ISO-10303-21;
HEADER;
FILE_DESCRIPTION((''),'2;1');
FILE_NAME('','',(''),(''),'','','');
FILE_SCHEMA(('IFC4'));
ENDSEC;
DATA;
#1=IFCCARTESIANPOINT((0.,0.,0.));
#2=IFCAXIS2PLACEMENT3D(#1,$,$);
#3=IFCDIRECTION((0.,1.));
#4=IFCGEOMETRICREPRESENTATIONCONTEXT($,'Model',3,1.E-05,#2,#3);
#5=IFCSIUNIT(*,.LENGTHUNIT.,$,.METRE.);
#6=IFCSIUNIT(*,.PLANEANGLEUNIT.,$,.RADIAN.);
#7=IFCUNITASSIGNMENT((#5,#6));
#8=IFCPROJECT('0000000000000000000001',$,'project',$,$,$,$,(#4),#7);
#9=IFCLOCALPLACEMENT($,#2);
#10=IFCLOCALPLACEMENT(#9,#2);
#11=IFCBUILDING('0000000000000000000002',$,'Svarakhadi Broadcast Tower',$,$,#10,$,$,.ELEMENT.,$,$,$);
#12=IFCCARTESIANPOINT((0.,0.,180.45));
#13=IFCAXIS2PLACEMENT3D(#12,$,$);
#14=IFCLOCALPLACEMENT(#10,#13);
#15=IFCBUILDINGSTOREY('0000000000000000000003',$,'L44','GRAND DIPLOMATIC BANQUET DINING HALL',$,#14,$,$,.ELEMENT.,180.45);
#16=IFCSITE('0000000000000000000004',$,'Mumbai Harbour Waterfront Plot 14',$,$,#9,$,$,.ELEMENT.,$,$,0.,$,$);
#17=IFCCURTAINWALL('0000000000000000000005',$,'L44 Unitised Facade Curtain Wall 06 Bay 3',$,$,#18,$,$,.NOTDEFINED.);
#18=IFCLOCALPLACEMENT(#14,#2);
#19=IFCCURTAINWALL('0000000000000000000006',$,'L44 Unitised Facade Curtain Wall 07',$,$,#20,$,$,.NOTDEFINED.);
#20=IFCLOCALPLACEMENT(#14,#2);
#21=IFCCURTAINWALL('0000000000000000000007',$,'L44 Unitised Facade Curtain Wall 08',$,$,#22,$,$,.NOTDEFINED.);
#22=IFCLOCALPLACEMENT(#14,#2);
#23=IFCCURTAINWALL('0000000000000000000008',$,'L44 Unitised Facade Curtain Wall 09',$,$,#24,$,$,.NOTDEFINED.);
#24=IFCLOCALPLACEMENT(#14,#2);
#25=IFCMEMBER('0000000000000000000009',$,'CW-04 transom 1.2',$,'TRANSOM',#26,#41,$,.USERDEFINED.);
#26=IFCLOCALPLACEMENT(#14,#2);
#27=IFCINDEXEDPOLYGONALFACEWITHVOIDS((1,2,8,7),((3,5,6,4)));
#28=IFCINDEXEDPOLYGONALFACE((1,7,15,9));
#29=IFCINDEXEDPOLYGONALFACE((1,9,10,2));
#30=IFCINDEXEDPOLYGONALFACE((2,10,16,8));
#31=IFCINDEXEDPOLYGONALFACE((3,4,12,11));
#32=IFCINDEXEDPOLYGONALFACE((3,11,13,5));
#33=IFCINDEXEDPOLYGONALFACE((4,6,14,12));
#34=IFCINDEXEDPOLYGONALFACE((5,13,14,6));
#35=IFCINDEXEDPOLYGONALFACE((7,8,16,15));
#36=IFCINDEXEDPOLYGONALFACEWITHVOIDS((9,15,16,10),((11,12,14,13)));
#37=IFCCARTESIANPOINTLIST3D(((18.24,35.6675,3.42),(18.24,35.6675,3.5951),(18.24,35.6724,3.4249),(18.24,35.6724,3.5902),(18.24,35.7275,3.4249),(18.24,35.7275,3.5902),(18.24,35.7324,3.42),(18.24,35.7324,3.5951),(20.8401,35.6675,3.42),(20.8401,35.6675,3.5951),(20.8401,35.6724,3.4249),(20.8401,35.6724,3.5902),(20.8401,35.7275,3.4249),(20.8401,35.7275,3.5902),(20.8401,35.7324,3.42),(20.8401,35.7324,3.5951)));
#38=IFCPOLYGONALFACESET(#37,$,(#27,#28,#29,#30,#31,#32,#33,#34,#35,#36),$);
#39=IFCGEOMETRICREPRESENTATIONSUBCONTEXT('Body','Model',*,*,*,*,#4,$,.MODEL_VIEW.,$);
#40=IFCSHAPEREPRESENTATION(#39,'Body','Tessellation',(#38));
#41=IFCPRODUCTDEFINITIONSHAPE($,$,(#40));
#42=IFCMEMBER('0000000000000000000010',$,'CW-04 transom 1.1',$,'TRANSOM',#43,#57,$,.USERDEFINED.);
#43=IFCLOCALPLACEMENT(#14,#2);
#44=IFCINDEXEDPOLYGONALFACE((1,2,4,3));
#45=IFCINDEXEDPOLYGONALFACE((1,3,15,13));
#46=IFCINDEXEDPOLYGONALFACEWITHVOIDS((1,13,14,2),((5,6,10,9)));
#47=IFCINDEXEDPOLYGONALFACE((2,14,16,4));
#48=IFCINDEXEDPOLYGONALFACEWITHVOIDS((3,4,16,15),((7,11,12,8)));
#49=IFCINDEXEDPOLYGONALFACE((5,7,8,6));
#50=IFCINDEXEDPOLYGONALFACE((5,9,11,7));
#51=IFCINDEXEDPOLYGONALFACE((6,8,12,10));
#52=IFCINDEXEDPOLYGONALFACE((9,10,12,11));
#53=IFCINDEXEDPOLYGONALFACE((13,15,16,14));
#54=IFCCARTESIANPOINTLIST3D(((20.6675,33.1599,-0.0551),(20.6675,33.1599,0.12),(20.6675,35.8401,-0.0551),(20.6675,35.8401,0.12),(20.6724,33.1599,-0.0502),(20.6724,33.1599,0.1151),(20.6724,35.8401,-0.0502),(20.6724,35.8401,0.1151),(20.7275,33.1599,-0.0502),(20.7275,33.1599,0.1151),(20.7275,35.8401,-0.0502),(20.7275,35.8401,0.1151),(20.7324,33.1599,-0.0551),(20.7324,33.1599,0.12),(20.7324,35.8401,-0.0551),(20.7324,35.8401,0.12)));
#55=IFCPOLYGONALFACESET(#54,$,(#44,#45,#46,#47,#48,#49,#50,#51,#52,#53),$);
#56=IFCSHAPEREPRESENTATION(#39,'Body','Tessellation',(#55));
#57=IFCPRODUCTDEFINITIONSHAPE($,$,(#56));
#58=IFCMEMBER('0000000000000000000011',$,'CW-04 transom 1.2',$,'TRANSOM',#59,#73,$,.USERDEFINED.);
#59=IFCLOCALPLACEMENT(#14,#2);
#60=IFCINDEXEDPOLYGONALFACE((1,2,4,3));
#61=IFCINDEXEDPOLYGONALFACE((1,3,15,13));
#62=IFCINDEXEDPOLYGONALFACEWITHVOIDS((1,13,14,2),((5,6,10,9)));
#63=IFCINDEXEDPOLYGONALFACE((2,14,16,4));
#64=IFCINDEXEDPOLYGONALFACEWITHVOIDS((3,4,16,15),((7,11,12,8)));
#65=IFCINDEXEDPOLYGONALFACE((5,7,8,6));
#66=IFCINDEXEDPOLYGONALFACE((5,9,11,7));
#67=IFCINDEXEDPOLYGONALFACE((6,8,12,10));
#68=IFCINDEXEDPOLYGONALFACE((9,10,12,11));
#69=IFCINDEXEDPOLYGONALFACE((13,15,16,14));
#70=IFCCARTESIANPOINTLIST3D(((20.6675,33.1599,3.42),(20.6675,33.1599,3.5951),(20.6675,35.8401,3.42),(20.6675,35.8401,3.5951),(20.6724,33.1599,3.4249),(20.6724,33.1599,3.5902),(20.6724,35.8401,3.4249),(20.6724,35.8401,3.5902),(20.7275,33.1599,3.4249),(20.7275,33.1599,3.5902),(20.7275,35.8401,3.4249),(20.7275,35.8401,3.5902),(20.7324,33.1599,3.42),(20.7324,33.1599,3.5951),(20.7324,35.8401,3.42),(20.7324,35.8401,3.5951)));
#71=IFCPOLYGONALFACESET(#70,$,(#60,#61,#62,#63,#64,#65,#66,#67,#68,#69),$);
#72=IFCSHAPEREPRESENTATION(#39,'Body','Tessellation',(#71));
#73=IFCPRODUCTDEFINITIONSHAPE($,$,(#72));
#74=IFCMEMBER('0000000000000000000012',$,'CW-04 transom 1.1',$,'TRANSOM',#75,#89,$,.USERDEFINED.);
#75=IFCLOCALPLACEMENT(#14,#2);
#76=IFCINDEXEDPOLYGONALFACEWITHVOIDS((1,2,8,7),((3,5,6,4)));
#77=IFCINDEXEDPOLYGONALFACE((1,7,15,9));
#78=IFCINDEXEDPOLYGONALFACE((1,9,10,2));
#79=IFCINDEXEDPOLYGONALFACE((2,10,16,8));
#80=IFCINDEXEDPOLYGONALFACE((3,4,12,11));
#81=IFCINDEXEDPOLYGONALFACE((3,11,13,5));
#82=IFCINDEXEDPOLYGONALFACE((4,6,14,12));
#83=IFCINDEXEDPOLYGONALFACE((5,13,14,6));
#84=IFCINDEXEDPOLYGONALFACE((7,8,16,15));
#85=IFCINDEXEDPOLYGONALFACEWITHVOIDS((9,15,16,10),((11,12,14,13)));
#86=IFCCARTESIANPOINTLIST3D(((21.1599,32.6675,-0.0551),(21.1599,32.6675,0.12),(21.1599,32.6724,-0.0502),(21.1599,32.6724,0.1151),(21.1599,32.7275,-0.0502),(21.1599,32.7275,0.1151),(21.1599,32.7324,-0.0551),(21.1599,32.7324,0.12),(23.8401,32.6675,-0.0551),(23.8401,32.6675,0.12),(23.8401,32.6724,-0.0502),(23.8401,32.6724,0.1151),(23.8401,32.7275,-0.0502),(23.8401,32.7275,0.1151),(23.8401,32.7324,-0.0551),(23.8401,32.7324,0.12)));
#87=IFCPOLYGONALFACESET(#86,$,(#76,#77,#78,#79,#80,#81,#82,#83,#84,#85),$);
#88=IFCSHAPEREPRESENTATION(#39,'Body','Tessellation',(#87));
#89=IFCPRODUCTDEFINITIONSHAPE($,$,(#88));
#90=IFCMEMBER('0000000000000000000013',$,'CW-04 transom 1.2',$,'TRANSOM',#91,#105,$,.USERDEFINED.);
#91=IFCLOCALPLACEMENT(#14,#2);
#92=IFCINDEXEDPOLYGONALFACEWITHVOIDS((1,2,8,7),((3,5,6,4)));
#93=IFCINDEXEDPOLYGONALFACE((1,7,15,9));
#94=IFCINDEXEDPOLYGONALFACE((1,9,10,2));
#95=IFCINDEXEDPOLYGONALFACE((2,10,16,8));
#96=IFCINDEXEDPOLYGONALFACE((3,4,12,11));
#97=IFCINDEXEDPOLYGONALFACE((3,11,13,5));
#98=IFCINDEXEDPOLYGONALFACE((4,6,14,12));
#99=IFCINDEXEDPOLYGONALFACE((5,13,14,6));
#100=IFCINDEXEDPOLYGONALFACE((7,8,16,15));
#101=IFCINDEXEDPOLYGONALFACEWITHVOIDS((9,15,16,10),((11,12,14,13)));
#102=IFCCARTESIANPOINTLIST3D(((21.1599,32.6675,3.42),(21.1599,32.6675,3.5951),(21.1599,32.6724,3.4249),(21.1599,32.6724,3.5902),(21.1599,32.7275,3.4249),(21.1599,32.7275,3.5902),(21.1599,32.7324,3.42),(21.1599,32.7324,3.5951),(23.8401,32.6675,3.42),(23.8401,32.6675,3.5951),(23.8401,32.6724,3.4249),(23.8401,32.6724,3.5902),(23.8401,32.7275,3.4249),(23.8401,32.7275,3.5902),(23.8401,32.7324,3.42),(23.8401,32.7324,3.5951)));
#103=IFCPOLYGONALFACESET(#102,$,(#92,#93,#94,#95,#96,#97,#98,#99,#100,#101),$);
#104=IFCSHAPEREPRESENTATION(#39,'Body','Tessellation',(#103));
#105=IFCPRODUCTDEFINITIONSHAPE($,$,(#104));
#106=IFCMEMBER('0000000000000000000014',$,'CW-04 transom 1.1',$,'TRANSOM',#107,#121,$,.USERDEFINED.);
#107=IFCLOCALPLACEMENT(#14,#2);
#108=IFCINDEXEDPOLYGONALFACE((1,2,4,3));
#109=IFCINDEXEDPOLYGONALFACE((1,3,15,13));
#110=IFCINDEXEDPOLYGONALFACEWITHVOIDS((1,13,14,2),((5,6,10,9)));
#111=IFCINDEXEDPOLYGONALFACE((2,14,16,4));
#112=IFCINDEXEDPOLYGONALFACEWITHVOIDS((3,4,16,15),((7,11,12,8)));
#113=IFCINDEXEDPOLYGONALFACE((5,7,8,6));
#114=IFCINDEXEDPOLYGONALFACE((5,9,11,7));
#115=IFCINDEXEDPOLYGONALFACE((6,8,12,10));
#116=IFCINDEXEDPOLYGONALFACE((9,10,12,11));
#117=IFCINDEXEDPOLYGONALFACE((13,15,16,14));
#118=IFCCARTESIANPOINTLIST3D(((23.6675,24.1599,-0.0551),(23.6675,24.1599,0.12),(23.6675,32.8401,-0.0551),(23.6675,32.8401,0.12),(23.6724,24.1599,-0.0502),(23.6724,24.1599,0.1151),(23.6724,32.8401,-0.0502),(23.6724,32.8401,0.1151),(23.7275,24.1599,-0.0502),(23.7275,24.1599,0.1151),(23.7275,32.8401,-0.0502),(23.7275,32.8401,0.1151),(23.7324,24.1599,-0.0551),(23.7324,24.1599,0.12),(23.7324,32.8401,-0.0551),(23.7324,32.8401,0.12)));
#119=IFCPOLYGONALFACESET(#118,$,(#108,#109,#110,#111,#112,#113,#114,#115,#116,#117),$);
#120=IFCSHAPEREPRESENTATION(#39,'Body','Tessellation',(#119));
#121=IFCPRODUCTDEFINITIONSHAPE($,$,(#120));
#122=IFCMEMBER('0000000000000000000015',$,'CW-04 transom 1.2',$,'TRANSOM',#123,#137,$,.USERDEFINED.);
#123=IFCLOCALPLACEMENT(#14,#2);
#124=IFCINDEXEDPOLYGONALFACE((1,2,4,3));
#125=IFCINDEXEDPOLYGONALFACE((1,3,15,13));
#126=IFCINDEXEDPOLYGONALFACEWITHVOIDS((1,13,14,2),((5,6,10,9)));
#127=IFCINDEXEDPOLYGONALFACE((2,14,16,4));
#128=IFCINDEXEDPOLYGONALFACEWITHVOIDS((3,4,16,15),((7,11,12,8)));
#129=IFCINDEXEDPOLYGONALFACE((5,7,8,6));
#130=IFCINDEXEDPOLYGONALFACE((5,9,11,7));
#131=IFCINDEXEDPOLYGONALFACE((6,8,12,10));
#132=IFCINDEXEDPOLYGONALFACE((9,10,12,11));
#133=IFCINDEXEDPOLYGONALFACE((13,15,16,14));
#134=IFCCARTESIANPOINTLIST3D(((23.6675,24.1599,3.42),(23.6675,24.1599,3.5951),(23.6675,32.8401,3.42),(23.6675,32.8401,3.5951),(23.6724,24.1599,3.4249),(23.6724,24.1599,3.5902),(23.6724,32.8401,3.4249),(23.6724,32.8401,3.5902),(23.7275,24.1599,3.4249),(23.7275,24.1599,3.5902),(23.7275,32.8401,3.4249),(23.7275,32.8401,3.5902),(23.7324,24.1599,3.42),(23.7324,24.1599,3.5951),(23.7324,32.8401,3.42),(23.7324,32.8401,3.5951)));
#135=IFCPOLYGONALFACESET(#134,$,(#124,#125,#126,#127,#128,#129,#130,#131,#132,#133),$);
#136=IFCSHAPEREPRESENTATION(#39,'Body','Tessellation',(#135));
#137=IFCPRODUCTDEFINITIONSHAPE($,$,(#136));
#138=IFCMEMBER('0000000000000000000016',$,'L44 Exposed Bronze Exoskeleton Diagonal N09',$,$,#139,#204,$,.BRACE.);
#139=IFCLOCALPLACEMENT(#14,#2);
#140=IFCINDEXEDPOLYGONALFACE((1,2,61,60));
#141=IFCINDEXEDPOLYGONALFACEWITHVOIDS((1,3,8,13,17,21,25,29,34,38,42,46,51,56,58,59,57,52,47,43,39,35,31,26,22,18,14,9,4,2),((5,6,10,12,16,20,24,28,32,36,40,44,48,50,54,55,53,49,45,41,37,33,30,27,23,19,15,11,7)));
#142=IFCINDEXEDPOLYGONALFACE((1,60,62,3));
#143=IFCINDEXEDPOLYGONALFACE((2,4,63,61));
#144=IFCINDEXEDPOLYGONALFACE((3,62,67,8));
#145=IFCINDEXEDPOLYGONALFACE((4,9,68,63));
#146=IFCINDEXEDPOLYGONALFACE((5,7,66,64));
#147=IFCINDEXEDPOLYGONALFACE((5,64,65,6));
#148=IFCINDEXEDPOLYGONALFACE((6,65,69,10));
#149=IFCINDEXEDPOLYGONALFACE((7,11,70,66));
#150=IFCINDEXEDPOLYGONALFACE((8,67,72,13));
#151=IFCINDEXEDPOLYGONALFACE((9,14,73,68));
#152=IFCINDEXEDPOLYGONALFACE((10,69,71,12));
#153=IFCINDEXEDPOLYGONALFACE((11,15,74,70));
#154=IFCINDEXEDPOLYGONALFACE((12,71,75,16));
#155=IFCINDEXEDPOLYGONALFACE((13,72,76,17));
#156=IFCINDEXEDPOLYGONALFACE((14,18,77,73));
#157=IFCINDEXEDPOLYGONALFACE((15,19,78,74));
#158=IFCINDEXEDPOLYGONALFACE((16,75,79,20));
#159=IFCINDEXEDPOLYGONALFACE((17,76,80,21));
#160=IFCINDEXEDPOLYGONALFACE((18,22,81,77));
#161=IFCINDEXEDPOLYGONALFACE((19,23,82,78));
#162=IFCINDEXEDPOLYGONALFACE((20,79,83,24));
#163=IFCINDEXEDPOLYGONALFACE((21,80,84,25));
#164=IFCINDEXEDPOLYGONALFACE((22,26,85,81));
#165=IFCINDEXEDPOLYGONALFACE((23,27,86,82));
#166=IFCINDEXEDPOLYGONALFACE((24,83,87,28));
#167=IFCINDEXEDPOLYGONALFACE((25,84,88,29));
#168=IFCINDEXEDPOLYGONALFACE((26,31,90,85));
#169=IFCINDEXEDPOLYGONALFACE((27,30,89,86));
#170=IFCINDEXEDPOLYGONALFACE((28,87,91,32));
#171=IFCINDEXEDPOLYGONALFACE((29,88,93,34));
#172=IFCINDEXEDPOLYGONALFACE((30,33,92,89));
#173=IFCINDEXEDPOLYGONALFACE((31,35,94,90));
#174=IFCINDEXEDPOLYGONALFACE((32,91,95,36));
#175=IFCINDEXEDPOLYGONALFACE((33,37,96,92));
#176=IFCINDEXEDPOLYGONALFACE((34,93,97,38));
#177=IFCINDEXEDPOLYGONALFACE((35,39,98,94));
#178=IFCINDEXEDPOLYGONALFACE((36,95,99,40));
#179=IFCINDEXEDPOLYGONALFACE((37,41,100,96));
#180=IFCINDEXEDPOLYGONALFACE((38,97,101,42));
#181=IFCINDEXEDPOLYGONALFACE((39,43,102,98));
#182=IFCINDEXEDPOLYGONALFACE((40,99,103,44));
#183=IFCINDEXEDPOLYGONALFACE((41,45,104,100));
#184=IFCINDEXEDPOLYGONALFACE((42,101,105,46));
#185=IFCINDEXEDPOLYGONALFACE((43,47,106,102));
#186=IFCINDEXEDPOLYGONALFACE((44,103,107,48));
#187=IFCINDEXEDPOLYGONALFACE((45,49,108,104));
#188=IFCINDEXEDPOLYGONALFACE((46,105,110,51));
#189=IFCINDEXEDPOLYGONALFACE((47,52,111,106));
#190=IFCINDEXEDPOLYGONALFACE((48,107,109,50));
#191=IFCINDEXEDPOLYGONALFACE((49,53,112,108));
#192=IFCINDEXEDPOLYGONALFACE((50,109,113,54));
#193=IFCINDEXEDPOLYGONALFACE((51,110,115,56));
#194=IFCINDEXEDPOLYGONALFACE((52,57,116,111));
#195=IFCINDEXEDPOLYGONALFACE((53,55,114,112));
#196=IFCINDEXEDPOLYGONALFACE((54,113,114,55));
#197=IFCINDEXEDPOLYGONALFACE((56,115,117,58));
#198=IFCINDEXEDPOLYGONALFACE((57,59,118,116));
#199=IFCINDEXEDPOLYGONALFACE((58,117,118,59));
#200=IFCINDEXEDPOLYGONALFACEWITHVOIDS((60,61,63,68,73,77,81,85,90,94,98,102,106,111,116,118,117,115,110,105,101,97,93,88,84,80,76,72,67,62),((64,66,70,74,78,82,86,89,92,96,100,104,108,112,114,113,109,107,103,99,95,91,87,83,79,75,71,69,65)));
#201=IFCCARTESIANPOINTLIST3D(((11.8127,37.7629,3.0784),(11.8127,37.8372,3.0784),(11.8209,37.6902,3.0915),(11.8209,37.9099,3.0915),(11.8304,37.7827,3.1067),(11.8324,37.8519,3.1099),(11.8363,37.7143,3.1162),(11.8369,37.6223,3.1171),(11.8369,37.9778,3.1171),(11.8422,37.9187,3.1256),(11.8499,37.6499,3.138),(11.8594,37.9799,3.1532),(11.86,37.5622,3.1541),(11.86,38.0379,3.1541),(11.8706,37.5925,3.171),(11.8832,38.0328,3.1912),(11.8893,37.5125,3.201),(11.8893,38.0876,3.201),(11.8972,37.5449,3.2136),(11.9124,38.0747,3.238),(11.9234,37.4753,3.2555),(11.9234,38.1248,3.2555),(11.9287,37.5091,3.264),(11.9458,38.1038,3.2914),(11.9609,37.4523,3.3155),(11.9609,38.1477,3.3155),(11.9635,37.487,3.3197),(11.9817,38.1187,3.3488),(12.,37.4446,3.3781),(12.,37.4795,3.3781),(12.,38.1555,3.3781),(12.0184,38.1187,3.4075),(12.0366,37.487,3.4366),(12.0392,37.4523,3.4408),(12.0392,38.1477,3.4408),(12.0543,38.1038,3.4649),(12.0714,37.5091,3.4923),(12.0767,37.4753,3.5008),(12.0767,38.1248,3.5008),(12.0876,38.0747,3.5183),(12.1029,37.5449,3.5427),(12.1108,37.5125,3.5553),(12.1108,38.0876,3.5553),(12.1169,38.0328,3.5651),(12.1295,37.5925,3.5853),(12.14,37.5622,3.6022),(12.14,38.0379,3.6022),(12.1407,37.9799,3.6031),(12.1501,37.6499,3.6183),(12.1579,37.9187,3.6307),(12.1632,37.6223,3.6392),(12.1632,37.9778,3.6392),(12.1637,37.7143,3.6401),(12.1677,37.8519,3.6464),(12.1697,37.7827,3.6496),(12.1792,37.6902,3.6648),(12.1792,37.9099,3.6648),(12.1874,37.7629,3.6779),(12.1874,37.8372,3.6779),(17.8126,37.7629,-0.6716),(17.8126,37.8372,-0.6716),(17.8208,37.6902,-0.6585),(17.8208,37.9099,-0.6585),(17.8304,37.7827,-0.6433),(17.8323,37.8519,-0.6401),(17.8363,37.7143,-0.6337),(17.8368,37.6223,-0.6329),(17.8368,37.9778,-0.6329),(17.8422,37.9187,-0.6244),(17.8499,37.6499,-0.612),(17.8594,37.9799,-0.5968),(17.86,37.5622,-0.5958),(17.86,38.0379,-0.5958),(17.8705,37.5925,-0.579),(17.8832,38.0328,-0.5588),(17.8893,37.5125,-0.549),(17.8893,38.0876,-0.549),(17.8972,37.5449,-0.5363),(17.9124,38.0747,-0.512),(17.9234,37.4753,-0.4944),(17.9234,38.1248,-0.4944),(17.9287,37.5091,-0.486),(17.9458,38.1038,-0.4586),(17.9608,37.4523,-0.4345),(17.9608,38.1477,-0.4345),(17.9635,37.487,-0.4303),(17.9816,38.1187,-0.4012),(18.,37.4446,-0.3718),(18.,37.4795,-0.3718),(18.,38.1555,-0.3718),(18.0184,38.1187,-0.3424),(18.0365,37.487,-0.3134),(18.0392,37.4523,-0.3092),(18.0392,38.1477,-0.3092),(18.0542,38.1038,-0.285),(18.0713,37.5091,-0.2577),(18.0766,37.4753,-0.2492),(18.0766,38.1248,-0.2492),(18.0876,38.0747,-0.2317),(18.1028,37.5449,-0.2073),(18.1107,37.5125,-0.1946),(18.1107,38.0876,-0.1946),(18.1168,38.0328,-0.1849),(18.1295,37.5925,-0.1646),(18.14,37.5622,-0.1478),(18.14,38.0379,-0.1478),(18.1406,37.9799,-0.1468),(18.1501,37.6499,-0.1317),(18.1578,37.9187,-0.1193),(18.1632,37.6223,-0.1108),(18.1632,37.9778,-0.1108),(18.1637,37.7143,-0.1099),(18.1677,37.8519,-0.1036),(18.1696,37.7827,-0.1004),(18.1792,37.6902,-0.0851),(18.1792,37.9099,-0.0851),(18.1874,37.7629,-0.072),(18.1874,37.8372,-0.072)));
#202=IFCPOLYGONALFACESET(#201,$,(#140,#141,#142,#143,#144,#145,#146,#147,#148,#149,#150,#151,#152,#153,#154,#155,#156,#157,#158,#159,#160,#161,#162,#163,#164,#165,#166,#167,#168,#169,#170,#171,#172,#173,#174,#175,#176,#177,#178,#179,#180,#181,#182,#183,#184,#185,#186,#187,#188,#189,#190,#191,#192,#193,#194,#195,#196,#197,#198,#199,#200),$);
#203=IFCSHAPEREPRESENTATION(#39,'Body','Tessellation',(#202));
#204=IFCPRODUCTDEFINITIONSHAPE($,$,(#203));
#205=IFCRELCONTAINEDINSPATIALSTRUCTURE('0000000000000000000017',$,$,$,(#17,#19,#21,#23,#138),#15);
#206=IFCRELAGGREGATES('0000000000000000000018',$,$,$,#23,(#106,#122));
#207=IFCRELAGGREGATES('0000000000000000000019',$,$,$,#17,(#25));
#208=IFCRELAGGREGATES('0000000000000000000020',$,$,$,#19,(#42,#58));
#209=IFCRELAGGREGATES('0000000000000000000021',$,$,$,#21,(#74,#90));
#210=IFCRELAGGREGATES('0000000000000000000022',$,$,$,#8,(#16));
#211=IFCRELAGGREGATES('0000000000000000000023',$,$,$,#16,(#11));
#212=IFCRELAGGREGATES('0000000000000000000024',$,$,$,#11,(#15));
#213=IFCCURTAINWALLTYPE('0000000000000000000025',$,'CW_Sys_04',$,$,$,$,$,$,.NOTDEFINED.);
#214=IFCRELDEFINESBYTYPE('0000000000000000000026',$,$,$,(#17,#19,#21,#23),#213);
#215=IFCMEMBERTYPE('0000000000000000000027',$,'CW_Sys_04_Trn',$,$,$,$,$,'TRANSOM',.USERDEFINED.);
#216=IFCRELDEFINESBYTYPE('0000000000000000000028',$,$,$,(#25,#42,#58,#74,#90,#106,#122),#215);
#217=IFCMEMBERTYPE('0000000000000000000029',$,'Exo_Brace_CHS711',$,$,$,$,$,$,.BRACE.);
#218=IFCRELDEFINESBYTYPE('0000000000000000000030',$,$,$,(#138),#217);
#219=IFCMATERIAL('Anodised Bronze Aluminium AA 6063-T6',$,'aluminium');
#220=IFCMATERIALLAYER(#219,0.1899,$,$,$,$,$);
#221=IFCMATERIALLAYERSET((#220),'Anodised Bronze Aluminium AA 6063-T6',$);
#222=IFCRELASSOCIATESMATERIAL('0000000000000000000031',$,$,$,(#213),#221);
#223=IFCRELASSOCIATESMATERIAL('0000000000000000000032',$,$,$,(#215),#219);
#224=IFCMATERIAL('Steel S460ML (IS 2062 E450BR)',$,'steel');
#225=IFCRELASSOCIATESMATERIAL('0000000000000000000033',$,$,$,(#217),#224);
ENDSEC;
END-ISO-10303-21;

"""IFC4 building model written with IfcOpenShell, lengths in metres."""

from ifc_helpers import new_model, si_unit, direction, frame, origin, origin_2d, place, context, subcontext, project, spatial, hollow_rectangle, hollow_circle, extrude, material, layer, layer_set, material_profile, profile_set, type_object, element, aggregate, save


model = new_model("IFC4")

# Units and contexts
model_context = context("Model", 3, precision=1e-05, world=origin(), true_north=direction((0.0, 1.0)))
body_context = subcontext(model_context, "Body", "Model", "MODEL_VIEW")
ifc_project = project(units=[si_unit("LENGTHUNIT", "METRE"), si_unit("PLANEANGLEUNIT", "RADIAN")], contexts=[model_context])

# Site, building, storey
site_placement = place(None, origin())
site = spatial("IfcSite", under=ifc_project, at=site_placement, Name="Mumbai Harbour Waterfront Plot 14", CompositionType="ELEMENT", RefElevation=0.0)
building_placement = place(site_placement, origin())
building = spatial("IfcBuilding", under=site, at=building_placement, Name="Svarakhadi Broadcast Tower", CompositionType="ELEMENT")
storey_placement = place(building_placement, frame((0.0, 0.0, 180.45)))
storey = spatial("IfcBuildingStorey", under=building, at=storey_placement, Name="L44", Description="GRAND DIPLOMATIC BANQUET DINING HALL", CompositionType="ELEMENT", Elevation=180.45)

# Shared definitions
ifc_material_1 = material(Name="Steel S460ML (IS 2062 E450BR)", Category="steel")

# Curtain walls
ifc_material_2 = material(Name="Anodised Bronze Aluminium AA 6063-T6", Category="aluminium")
ifc_layer_1 = layer(ifc_material_2, 0.1899)
ifc_layer_set_1 = layer_set([ifc_layer_1], Name="Anodised Bronze Aluminium AA 6063-T6")
curtain_wall_type = type_object("IfcCurtainWallType", Name="CW_Sys_04", PredefinedType="NOTDEFINED", material=ifc_layer_set_1)
curtain_wall_1_placement = place(storey_placement, origin())
curtain_wall_1 = element("IfcCurtainWall", 1, at=curtain_wall_1_placement, inside=storey, type_object=curtain_wall_type, Name="L44 Unitised Facade Curtain Wall 06 Bay 3", PredefinedType="NOTDEFINED")
curtain_wall_2_placement = place(storey_placement, origin())
curtain_wall_2 = element("IfcCurtainWall", 2, at=curtain_wall_2_placement, inside=storey, type_object=curtain_wall_type, Name="L44 Unitised Facade Curtain Wall 07", PredefinedType="NOTDEFINED")
curtain_wall_3_placement = place(storey_placement, origin())
curtain_wall_3 = element("IfcCurtainWall", 3, at=curtain_wall_3_placement, inside=storey, type_object=curtain_wall_type, Name="L44 Unitised Facade Curtain Wall 08", PredefinedType="NOTDEFINED")

# Curtain wall
curtain_wall_4_placement = place(storey_placement, origin())
curtain_wall_4 = element("IfcCurtainWall", 4, at=curtain_wall_4_placement, inside=storey, type_object=curtain_wall_type, Name="L44 Unitised Facade Curtain Wall 09", PredefinedType="NOTDEFINED")

# Members
ifc_material_profile_1 = material_profile(ifc_material_2, hollow_rectangle(XDim=0.0649, YDim=0.175, WallThickness=0.0049, at=origin_2d()), Name="ALU TRANSOM 175x65x5")
ifc_profile_set_1 = profile_set([ifc_material_profile_1], Name="Anodised Bronze Aluminium AA 6063-T6")
member_type_1 = type_object("IfcMemberType", Name="CW_Sys_04_Trn", ElementType="TRANSOM", PredefinedType="USERDEFINED", material=ifc_profile_set_1)
member_1_placement = place(storey_placement, frame((18.24, 35.7, 3.5076), z_axis=(1.0, 0.0, 0.0), x_axis=(0.0, 1.0, 0.0)))
member_1 = element("IfcMember", 5, at=member_1_placement, type_object=member_type_1, Name="CW-04 transom 1.2", ObjectType="TRANSOM", PredefinedType="USERDEFINED", context=body_context, shape_type="SweptSolid", body=[
    extrude(hollow_rectangle(XDim=0.0649, YDim=0.175, WallThickness=0.0049, at=origin_2d()), origin(), (0.0, 0.0, 1.0), 2.6001),
])
member_2_placement = place(storey_placement, frame((20.7, 35.8401, 0.0325), z_axis=(0.0, -1.0, 0.0), x_axis=(1.0, 0.0, 0.0)))
member_2 = element("IfcMember", 6, at=member_2_placement, type_object=member_type_1, Name="CW-04 transom 1.1", ObjectType="TRANSOM", PredefinedType="USERDEFINED", context=body_context, shape_type="SweptSolid", body=[
    extrude(hollow_rectangle(XDim=0.0649, YDim=0.175, WallThickness=0.0049, at=origin_2d()), origin(), (0.0, 0.0, 1.0), 2.6802),
])
member_3_placement = place(storey_placement, frame((20.7, 35.8401, 3.5076), z_axis=(0.0, -1.0, 0.0), x_axis=(1.0, 0.0, 0.0)))
member_3 = element("IfcMember", 7, at=member_3_placement, type_object=member_type_1, Name="CW-04 transom 1.2", ObjectType="TRANSOM", PredefinedType="USERDEFINED", context=body_context, shape_type="SweptSolid", body=[
    extrude(hollow_rectangle(XDim=0.0649, YDim=0.175, WallThickness=0.0049, at=origin_2d()), origin(), (0.0, 0.0, 1.0), 2.6802),
])
member_4_placement = place(storey_placement, frame((21.1599, 32.7, 0.0325), z_axis=(1.0, 0.0, 0.0), x_axis=(0.0, 1.0, 0.0)))
member_4 = element("IfcMember", 8, at=member_4_placement, type_object=member_type_1, Name="CW-04 transom 1.1", ObjectType="TRANSOM", PredefinedType="USERDEFINED", context=body_context, shape_type="SweptSolid", body=[
    extrude(hollow_rectangle(XDim=0.0649, YDim=0.175, WallThickness=0.0049, at=origin_2d()), origin(), (0.0, 0.0, 1.0), 2.6802),
])
member_5_placement = place(storey_placement, frame((21.1599, 32.7, 3.5076), z_axis=(1.0, 0.0, 0.0), x_axis=(0.0, 1.0, 0.0)))
member_5 = element("IfcMember", 9, at=member_5_placement, type_object=member_type_1, Name="CW-04 transom 1.2", ObjectType="TRANSOM", PredefinedType="USERDEFINED", context=body_context, shape_type="SweptSolid", body=[
    extrude(hollow_rectangle(XDim=0.0649, YDim=0.175, WallThickness=0.0049, at=origin_2d()), origin(), (0.0, 0.0, 1.0), 2.6802),
])
member_6_placement = place(storey_placement, frame((23.7, 32.8401, 0.0325), z_axis=(0.0, -1.0, 0.0), x_axis=(1.0, 0.0, 0.0)))
member_6 = element("IfcMember", 10, at=member_6_placement, type_object=member_type_1, Name="CW-04 transom 1.1", ObjectType="TRANSOM", PredefinedType="USERDEFINED", context=body_context, shape_type="SweptSolid", body=[
    extrude(hollow_rectangle(XDim=0.0649, YDim=0.175, WallThickness=0.0049, at=origin_2d()), origin(), (0.0, 0.0, 1.0), 8.6802),
])
member_7_placement = place(storey_placement, frame((23.7, 32.8401, 3.5076), z_axis=(0.0, -1.0, 0.0), x_axis=(1.0, 0.0, 0.0)))
member_7 = element("IfcMember", 11, at=member_7_placement, type_object=member_type_1, Name="CW-04 transom 1.2", ObjectType="TRANSOM", PredefinedType="USERDEFINED", context=body_context, shape_type="SweptSolid", body=[
    extrude(hollow_rectangle(XDim=0.0649, YDim=0.175, WallThickness=0.0049, at=origin_2d()), origin(), (0.0, 0.0, 1.0), 8.6802),
])
aggregate(curtain_wall_4, [member_6, member_7])

# Member
ifc_material_profile_2 = material_profile(ifc_material_1, hollow_circle(Radius=0.3555, WallThickness=0.0349, at=origin_2d()), Name="CHS 711x35")
ifc_profile_set_2 = profile_set([ifc_material_profile_2], Name="Steel S460ML (IS 2062 E450BR)")
member_type_2 = type_object("IfcMemberType", Name="Exo_Brace_CHS711", PredefinedType="BRACE", material=ifc_profile_set_2)
member_8_placement = place(storey_placement, frame((18.0, 37.8, -0.3718), z_axis=(-0.847998, 0.0, 0.529999), x_axis=(0.0, -1.0, 0.0)))
element("IfcMember", 12, at=member_8_placement, inside=storey, type_object=member_type_2, Name="L44 Exposed Bronze Exoskeleton Diagonal N09", PredefinedType="BRACE", context=body_context, shape_type="SweptSolid", body=[
    extrude(hollow_circle(Radius=0.3555, WallThickness=0.0349, at=origin_2d()), origin(), (0.0, 0.0, 1.0), 7.0754),
])

aggregate(curtain_wall_1, [member_1])
aggregate(curtain_wall_2, [member_2, member_3])
aggregate(curtain_wall_3, [member_4, member_5])

save(model, "model.ifc")
